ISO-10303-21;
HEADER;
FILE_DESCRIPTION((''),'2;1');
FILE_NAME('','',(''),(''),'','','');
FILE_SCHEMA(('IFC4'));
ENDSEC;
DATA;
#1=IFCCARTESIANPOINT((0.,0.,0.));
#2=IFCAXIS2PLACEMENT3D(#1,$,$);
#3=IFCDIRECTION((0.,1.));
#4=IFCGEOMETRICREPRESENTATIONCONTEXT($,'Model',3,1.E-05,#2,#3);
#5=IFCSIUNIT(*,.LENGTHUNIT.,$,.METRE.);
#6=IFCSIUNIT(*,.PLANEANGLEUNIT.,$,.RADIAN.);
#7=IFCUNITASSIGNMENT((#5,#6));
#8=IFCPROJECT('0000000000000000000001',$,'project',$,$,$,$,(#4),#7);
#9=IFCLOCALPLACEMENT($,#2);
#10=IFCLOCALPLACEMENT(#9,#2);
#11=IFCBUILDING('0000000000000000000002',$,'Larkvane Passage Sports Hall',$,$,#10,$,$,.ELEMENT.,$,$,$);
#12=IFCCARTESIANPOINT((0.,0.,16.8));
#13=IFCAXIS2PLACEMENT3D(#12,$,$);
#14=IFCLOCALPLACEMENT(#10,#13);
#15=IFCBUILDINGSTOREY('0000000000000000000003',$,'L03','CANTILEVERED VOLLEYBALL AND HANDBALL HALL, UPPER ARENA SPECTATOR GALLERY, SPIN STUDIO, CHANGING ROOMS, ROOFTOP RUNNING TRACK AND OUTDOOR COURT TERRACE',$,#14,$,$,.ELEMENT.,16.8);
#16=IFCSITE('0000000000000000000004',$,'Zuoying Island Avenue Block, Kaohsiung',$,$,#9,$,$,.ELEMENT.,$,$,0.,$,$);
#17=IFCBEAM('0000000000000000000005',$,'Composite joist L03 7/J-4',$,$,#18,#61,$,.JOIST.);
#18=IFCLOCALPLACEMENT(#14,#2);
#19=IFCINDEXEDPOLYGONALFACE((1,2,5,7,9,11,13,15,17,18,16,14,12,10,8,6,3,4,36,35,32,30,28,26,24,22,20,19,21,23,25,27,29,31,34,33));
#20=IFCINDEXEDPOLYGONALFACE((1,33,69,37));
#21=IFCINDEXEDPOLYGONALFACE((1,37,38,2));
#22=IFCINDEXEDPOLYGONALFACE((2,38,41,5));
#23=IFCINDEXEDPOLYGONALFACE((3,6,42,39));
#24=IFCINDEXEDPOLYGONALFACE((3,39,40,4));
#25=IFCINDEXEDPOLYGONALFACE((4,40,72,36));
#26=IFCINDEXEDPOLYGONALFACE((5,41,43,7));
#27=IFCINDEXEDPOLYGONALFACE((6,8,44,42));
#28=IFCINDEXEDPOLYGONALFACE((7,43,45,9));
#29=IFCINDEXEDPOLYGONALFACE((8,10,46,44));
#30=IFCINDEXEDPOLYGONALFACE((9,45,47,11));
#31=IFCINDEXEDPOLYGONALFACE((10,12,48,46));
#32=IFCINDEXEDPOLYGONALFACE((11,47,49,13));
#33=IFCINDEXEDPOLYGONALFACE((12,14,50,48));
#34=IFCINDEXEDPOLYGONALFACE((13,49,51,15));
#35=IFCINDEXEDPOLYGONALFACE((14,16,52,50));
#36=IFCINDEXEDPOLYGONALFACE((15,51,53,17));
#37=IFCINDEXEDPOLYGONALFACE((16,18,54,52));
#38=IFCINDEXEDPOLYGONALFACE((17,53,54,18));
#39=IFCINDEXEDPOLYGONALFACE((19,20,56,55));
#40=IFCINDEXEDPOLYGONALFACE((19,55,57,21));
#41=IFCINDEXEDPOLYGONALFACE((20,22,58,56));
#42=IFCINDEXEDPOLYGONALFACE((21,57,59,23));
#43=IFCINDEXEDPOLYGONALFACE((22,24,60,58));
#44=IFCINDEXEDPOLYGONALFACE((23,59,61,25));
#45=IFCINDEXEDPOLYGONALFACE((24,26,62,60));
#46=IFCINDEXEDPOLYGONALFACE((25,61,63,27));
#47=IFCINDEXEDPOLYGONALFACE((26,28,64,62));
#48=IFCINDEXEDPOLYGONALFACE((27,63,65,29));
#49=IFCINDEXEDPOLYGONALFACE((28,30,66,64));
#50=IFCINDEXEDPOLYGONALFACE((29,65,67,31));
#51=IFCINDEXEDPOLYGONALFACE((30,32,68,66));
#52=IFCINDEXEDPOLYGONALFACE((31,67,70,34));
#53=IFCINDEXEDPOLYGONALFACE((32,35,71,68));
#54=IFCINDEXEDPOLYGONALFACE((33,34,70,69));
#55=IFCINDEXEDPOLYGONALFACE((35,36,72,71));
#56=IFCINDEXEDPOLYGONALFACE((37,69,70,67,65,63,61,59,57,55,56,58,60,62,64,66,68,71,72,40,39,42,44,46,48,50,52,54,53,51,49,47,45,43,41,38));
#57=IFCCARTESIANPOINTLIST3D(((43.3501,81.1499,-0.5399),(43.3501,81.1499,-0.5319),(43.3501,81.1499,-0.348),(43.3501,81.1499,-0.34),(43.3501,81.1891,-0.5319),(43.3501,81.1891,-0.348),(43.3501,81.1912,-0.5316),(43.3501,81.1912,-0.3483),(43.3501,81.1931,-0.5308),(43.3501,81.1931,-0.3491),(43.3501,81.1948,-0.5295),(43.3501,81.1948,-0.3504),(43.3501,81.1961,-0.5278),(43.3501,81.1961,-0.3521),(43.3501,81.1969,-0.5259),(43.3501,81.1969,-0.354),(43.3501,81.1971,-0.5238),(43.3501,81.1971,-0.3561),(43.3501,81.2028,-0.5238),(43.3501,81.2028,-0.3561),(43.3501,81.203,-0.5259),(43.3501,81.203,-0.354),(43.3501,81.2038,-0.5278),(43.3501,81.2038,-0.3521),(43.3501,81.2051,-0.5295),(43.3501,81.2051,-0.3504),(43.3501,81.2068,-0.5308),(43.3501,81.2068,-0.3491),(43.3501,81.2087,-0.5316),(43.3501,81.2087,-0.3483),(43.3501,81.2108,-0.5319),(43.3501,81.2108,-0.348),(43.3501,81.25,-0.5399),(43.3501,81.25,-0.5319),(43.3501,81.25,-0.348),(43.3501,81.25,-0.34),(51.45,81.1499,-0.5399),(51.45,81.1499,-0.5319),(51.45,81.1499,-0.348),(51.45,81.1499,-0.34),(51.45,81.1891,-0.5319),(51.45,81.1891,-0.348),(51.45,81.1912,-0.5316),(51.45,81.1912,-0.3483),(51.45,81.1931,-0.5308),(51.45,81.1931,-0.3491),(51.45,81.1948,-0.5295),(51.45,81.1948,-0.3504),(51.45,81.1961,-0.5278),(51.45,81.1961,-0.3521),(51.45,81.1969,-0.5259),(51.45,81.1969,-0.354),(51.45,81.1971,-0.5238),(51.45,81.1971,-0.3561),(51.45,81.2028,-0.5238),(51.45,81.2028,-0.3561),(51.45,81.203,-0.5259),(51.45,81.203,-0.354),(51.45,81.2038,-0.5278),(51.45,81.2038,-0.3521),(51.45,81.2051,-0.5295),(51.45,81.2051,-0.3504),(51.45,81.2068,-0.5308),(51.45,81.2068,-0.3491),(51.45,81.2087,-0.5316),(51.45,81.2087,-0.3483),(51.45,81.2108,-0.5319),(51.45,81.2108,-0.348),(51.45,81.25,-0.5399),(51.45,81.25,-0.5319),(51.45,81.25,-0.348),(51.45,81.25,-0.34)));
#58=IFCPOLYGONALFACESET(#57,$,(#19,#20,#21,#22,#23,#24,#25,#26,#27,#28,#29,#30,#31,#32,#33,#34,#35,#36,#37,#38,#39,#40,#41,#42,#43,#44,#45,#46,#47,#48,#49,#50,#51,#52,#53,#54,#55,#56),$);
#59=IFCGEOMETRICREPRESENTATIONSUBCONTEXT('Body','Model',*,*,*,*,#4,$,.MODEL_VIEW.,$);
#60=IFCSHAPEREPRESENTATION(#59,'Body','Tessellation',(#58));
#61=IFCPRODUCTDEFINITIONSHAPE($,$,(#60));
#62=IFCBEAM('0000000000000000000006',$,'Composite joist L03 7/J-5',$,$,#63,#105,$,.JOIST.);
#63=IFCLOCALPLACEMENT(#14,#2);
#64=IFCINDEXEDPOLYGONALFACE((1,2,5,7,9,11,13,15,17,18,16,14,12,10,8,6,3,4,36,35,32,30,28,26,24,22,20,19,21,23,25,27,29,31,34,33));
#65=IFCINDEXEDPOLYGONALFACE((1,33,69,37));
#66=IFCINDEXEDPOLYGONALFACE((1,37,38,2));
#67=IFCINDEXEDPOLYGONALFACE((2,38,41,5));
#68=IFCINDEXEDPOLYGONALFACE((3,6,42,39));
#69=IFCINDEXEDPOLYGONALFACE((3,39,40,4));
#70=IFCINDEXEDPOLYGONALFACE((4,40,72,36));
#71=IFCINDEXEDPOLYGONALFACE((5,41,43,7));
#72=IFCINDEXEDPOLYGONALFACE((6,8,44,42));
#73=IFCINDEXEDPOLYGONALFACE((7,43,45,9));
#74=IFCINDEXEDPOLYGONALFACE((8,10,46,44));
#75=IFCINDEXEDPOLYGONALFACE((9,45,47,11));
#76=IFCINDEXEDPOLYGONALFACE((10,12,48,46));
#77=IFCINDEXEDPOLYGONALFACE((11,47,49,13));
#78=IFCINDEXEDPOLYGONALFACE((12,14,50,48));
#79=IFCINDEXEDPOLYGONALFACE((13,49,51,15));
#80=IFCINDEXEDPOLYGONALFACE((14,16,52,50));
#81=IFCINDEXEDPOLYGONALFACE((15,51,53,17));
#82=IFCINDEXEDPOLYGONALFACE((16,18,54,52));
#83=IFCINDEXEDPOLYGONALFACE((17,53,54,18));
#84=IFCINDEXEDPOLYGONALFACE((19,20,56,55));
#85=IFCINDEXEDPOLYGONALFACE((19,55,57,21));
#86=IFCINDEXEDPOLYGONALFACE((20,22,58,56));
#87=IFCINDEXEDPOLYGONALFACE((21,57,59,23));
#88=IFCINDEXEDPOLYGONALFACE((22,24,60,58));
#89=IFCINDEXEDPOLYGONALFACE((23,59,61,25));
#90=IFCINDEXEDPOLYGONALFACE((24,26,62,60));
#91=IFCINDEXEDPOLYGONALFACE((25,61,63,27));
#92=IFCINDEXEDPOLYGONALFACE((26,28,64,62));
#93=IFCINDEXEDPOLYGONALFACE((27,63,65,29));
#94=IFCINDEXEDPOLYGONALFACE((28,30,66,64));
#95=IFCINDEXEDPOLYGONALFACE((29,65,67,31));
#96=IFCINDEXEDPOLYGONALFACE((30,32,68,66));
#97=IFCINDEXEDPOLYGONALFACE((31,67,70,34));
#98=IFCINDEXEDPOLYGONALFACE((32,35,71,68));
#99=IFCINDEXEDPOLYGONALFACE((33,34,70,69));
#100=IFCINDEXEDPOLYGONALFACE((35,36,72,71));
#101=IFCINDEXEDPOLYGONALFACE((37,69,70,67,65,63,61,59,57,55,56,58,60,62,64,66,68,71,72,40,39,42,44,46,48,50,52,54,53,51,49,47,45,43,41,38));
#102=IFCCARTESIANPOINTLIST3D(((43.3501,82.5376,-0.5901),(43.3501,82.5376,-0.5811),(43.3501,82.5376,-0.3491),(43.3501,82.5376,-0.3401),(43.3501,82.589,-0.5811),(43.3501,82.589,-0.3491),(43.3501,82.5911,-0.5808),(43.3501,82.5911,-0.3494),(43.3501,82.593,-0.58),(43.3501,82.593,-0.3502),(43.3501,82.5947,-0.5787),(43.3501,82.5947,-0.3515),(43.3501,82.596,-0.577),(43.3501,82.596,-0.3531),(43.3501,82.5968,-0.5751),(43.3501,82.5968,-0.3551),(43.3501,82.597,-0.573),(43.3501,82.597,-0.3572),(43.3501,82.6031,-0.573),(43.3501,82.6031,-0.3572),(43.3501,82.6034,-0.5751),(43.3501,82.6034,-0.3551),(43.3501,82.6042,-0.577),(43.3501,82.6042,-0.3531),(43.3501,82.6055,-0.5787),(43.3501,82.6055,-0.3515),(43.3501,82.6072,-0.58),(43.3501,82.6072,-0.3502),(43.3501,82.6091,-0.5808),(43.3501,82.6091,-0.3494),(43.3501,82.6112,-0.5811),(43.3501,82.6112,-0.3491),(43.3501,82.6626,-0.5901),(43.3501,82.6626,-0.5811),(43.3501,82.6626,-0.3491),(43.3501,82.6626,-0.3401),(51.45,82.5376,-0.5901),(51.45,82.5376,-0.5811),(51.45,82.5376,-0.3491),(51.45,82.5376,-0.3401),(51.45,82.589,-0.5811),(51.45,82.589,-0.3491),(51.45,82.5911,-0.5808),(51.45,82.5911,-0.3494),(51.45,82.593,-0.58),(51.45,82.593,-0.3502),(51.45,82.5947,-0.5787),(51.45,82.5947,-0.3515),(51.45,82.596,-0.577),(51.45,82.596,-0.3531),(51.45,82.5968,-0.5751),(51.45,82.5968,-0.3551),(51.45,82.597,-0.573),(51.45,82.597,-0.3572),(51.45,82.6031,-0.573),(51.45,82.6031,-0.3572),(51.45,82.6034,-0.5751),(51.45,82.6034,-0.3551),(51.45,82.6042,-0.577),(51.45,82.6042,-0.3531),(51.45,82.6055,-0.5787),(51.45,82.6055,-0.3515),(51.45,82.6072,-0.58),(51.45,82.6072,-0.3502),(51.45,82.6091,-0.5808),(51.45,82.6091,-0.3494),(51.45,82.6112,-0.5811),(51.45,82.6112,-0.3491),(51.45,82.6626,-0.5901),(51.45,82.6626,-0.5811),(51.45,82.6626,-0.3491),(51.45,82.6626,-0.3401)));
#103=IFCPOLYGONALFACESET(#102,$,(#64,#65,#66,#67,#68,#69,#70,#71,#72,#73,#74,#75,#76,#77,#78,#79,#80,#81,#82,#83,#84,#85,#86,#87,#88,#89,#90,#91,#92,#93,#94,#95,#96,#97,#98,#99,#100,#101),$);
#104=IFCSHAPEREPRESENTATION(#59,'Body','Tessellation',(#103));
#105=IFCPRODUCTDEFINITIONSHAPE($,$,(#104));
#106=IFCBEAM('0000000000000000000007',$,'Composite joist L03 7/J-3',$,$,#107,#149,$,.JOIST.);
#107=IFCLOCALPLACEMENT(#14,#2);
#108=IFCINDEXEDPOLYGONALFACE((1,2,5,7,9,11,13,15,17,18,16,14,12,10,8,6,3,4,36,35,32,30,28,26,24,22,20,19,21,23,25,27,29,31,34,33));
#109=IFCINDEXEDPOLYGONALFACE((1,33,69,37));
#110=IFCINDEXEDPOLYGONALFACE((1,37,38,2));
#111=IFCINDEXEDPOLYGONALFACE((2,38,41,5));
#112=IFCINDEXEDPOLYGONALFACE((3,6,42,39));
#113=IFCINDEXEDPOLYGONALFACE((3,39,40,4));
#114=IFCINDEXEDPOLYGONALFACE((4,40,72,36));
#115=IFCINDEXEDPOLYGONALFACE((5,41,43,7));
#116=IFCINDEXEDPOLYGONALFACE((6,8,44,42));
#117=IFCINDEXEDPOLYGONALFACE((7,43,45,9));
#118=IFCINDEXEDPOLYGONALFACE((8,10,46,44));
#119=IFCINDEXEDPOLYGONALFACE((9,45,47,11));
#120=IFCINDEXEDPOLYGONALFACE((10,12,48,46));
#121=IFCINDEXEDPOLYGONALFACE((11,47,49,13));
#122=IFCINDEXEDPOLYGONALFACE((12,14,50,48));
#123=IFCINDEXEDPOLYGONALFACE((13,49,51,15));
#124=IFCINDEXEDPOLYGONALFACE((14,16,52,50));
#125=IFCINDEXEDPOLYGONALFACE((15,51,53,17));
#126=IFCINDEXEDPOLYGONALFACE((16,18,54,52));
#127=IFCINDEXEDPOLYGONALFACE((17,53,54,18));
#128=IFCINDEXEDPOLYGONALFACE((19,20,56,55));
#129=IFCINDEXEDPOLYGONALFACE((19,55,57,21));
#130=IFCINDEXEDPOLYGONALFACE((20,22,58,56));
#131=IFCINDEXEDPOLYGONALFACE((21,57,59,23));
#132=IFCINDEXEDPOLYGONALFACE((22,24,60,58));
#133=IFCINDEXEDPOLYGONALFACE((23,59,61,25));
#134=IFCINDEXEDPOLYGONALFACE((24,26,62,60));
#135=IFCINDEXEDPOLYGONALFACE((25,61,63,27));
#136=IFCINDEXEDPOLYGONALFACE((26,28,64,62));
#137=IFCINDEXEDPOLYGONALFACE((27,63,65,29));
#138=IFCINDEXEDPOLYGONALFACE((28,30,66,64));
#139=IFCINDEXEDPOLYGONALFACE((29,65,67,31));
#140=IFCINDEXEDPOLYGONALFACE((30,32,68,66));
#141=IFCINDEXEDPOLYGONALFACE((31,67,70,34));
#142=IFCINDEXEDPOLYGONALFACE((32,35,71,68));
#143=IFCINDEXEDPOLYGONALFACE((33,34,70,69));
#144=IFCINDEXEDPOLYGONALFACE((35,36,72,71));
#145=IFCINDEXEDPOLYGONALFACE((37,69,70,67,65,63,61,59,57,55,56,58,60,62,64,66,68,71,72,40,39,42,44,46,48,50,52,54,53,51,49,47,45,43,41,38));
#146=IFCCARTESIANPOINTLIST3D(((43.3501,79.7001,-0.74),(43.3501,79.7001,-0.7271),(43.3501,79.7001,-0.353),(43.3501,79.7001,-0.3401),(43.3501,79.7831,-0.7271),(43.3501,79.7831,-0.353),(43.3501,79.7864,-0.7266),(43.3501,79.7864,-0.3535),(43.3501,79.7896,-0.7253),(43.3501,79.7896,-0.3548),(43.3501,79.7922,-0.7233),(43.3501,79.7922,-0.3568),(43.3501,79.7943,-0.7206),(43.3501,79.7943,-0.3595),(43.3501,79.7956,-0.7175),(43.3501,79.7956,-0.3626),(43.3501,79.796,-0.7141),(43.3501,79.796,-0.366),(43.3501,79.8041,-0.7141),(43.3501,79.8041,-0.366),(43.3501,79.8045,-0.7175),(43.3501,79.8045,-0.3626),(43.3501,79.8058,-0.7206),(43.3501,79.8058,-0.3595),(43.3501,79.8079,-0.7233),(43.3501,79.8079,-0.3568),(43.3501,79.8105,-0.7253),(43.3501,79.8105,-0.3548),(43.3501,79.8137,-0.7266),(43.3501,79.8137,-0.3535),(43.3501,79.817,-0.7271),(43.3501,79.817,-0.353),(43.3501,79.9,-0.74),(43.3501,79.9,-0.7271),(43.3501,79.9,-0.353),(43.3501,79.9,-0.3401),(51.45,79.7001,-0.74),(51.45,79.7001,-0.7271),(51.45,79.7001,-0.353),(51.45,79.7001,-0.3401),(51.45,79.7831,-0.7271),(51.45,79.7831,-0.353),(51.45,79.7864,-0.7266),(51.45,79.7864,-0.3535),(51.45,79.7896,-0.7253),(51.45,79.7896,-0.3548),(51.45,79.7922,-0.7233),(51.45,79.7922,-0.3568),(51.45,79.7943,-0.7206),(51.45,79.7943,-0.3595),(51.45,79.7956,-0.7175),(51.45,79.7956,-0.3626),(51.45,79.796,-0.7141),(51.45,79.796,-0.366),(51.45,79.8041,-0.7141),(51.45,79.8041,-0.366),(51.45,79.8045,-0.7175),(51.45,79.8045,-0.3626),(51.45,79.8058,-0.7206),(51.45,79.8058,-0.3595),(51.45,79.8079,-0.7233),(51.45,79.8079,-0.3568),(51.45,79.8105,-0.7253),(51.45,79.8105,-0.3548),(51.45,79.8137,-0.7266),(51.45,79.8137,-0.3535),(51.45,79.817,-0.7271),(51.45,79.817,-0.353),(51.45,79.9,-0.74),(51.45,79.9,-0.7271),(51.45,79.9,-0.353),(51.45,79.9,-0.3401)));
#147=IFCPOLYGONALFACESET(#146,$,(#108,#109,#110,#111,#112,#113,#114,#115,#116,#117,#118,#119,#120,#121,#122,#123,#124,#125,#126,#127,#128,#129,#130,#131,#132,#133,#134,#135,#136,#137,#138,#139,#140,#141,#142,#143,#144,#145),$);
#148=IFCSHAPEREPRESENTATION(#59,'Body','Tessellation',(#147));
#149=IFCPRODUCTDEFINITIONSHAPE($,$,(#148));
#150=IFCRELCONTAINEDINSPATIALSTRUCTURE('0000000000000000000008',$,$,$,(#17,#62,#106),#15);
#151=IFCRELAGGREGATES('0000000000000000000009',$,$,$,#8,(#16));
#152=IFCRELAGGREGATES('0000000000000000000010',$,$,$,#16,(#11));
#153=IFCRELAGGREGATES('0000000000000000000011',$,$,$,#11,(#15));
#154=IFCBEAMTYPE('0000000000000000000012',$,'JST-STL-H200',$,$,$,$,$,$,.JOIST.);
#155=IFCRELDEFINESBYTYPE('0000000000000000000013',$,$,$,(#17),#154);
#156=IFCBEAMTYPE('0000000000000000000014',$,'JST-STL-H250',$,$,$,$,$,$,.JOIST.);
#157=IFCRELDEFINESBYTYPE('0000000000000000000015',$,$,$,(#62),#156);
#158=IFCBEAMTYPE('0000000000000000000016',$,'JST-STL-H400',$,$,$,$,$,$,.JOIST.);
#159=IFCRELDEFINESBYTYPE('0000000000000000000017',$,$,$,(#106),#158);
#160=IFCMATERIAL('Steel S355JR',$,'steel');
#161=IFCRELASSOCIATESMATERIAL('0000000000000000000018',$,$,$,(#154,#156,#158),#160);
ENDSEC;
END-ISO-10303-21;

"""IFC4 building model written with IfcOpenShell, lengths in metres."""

from ifc_helpers import new_model, si_unit, direction, frame, origin, origin_2d, place, context, subcontext, project, spatial, i_section, extrude, material, material_profile, profile_set, type_object, element, save


model = new_model("IFC4")

# Units and contexts
model_context = context("Model", 3, precision=1e-05, world=origin(), true_north=direction((0.0, 1.0)))
body_context = subcontext(model_context, "Body", "Model", "MODEL_VIEW")
ifc_project = project(units=[si_unit("LENGTHUNIT", "METRE"), si_unit("PLANEANGLEUNIT", "RADIAN")], contexts=[model_context])

# Site, building, storey
site_placement = place(None, origin())
site = spatial("IfcSite", under=ifc_project, at=site_placement, Name="Zuoying Island Avenue Block, Kaohsiung", CompositionType="ELEMENT", RefElevation=0.0)
building_placement = place(site_placement, origin())
building = spatial("IfcBuilding", under=site, at=building_placement, Name="Larkvane Passage Sports Hall", CompositionType="ELEMENT")
storey_placement = place(building_placement, frame((0.0, 0.0, 16.8)))
storey = spatial("IfcBuildingStorey", under=building, at=storey_placement, Name="L03", Description="CANTILEVERED VOLLEYBALL AND HANDBALL HALL, UPPER ARENA SPECTATOR GALLERY, SPIN STUDIO, CHANGING ROOMS, ROOFTOP RUNNING TRACK AND OUTDOOR COURT TERRACE", CompositionType="ELEMENT", Elevation=16.8)

# Beams
ifc_material_1 = material(Name="Steel S355JR", Category="steel")
ifc_material_profile_1 = material_profile(ifc_material_1, i_section(OverallWidth=0.1001, OverallDepth=0.2, WebThickness=0.0056, FlangeThickness=0.0081, FilletRadius=0.0081, at=origin_2d()), Name="H-200x100x5.5x8")
ifc_profile_set_1 = profile_set([ifc_material_profile_1], Name="Steel S355JR")
beam_type_1 = type_object("IfcBeamType", Name="JST-STL-H200", PredefinedType="JOIST", material=ifc_profile_set_1)
beam_1_placement = place(storey_placement, frame((43.3501, 81.2, -0.4399), z_axis=(1.0, 0.0, 0.0), x_axis=(0.0, 1.0, 0.0)))
element("IfcBeam", 1, at=beam_1_placement, inside=storey, type_object=beam_type_1, Name="Composite joist L03 7/J-4", PredefinedType="JOIST", context=body_context, shape_type="SweptSolid", body=[
    extrude(i_section(OverallWidth=0.1001, OverallDepth=0.2, WebThickness=0.0056, FlangeThickness=0.0081, FilletRadius=0.0081, at=origin_2d()), origin(), (0.0, 0.0, 1.0), 8.0999),
])
ifc_material_profile_2 = material_profile(ifc_material_1, i_section(OverallWidth=0.125, OverallDepth=0.25, WebThickness=0.0061, FlangeThickness=0.009, FilletRadius=0.0081, at=origin_2d()), Name="H-250x125x6x9")
ifc_profile_set_2 = profile_set([ifc_material_profile_2], Name="Steel S355JR")
beam_type_2 = type_object("IfcBeamType", Name="JST-STL-H250", PredefinedType="JOIST", material=ifc_profile_set_2)
beam_2_placement = place(storey_placement, frame((43.3501, 82.6001, -0.4651), z_axis=(1.0, 0.0, 0.0), x_axis=(0.0, 1.0, 0.0)))
element("IfcBeam", 2, at=beam_2_placement, inside=storey, type_object=beam_type_2, Name="Composite joist L03 7/J-5", PredefinedType="JOIST", context=body_context, shape_type="SweptSolid", body=[
    extrude(i_section(OverallWidth=0.125, OverallDepth=0.25, WebThickness=0.0061, FlangeThickness=0.009, FilletRadius=0.0081, at=origin_2d()), origin(), (0.0, 0.0, 1.0), 8.0999),
])
ifc_material_profile_3 = material_profile(ifc_material_1, i_section(OverallWidth=0.2, OverallDepth=0.3999, WebThickness=0.0081, FlangeThickness=0.0129, FilletRadius=0.0129, at=origin_2d()), Name="H-400x200x8x13")
ifc_profile_set_3 = profile_set([ifc_material_profile_3], Name="Steel S355JR")
beam_type_3 = type_object("IfcBeamType", Name="JST-STL-H400", PredefinedType="JOIST", material=ifc_profile_set_3)
beam_3_placement = place(storey_placement, frame((43.3501, 79.8, -0.54), z_axis=(1.0, 0.0, 0.0), x_axis=(0.0, 1.0, 0.0)))
element("IfcBeam", 3, at=beam_3_placement, inside=storey, type_object=beam_type_3, Name="Composite joist L03 7/J-3", PredefinedType="JOIST", context=body_context, shape_type="SweptSolid", body=[
    extrude(i_section(OverallWidth=0.2, OverallDepth=0.3999, WebThickness=0.0081, FlangeThickness=0.0129, FilletRadius=0.0129, at=origin_2d()), origin(), (0.0, 0.0, 1.0), 8.0999),
])

save(model, "model.ifc")
